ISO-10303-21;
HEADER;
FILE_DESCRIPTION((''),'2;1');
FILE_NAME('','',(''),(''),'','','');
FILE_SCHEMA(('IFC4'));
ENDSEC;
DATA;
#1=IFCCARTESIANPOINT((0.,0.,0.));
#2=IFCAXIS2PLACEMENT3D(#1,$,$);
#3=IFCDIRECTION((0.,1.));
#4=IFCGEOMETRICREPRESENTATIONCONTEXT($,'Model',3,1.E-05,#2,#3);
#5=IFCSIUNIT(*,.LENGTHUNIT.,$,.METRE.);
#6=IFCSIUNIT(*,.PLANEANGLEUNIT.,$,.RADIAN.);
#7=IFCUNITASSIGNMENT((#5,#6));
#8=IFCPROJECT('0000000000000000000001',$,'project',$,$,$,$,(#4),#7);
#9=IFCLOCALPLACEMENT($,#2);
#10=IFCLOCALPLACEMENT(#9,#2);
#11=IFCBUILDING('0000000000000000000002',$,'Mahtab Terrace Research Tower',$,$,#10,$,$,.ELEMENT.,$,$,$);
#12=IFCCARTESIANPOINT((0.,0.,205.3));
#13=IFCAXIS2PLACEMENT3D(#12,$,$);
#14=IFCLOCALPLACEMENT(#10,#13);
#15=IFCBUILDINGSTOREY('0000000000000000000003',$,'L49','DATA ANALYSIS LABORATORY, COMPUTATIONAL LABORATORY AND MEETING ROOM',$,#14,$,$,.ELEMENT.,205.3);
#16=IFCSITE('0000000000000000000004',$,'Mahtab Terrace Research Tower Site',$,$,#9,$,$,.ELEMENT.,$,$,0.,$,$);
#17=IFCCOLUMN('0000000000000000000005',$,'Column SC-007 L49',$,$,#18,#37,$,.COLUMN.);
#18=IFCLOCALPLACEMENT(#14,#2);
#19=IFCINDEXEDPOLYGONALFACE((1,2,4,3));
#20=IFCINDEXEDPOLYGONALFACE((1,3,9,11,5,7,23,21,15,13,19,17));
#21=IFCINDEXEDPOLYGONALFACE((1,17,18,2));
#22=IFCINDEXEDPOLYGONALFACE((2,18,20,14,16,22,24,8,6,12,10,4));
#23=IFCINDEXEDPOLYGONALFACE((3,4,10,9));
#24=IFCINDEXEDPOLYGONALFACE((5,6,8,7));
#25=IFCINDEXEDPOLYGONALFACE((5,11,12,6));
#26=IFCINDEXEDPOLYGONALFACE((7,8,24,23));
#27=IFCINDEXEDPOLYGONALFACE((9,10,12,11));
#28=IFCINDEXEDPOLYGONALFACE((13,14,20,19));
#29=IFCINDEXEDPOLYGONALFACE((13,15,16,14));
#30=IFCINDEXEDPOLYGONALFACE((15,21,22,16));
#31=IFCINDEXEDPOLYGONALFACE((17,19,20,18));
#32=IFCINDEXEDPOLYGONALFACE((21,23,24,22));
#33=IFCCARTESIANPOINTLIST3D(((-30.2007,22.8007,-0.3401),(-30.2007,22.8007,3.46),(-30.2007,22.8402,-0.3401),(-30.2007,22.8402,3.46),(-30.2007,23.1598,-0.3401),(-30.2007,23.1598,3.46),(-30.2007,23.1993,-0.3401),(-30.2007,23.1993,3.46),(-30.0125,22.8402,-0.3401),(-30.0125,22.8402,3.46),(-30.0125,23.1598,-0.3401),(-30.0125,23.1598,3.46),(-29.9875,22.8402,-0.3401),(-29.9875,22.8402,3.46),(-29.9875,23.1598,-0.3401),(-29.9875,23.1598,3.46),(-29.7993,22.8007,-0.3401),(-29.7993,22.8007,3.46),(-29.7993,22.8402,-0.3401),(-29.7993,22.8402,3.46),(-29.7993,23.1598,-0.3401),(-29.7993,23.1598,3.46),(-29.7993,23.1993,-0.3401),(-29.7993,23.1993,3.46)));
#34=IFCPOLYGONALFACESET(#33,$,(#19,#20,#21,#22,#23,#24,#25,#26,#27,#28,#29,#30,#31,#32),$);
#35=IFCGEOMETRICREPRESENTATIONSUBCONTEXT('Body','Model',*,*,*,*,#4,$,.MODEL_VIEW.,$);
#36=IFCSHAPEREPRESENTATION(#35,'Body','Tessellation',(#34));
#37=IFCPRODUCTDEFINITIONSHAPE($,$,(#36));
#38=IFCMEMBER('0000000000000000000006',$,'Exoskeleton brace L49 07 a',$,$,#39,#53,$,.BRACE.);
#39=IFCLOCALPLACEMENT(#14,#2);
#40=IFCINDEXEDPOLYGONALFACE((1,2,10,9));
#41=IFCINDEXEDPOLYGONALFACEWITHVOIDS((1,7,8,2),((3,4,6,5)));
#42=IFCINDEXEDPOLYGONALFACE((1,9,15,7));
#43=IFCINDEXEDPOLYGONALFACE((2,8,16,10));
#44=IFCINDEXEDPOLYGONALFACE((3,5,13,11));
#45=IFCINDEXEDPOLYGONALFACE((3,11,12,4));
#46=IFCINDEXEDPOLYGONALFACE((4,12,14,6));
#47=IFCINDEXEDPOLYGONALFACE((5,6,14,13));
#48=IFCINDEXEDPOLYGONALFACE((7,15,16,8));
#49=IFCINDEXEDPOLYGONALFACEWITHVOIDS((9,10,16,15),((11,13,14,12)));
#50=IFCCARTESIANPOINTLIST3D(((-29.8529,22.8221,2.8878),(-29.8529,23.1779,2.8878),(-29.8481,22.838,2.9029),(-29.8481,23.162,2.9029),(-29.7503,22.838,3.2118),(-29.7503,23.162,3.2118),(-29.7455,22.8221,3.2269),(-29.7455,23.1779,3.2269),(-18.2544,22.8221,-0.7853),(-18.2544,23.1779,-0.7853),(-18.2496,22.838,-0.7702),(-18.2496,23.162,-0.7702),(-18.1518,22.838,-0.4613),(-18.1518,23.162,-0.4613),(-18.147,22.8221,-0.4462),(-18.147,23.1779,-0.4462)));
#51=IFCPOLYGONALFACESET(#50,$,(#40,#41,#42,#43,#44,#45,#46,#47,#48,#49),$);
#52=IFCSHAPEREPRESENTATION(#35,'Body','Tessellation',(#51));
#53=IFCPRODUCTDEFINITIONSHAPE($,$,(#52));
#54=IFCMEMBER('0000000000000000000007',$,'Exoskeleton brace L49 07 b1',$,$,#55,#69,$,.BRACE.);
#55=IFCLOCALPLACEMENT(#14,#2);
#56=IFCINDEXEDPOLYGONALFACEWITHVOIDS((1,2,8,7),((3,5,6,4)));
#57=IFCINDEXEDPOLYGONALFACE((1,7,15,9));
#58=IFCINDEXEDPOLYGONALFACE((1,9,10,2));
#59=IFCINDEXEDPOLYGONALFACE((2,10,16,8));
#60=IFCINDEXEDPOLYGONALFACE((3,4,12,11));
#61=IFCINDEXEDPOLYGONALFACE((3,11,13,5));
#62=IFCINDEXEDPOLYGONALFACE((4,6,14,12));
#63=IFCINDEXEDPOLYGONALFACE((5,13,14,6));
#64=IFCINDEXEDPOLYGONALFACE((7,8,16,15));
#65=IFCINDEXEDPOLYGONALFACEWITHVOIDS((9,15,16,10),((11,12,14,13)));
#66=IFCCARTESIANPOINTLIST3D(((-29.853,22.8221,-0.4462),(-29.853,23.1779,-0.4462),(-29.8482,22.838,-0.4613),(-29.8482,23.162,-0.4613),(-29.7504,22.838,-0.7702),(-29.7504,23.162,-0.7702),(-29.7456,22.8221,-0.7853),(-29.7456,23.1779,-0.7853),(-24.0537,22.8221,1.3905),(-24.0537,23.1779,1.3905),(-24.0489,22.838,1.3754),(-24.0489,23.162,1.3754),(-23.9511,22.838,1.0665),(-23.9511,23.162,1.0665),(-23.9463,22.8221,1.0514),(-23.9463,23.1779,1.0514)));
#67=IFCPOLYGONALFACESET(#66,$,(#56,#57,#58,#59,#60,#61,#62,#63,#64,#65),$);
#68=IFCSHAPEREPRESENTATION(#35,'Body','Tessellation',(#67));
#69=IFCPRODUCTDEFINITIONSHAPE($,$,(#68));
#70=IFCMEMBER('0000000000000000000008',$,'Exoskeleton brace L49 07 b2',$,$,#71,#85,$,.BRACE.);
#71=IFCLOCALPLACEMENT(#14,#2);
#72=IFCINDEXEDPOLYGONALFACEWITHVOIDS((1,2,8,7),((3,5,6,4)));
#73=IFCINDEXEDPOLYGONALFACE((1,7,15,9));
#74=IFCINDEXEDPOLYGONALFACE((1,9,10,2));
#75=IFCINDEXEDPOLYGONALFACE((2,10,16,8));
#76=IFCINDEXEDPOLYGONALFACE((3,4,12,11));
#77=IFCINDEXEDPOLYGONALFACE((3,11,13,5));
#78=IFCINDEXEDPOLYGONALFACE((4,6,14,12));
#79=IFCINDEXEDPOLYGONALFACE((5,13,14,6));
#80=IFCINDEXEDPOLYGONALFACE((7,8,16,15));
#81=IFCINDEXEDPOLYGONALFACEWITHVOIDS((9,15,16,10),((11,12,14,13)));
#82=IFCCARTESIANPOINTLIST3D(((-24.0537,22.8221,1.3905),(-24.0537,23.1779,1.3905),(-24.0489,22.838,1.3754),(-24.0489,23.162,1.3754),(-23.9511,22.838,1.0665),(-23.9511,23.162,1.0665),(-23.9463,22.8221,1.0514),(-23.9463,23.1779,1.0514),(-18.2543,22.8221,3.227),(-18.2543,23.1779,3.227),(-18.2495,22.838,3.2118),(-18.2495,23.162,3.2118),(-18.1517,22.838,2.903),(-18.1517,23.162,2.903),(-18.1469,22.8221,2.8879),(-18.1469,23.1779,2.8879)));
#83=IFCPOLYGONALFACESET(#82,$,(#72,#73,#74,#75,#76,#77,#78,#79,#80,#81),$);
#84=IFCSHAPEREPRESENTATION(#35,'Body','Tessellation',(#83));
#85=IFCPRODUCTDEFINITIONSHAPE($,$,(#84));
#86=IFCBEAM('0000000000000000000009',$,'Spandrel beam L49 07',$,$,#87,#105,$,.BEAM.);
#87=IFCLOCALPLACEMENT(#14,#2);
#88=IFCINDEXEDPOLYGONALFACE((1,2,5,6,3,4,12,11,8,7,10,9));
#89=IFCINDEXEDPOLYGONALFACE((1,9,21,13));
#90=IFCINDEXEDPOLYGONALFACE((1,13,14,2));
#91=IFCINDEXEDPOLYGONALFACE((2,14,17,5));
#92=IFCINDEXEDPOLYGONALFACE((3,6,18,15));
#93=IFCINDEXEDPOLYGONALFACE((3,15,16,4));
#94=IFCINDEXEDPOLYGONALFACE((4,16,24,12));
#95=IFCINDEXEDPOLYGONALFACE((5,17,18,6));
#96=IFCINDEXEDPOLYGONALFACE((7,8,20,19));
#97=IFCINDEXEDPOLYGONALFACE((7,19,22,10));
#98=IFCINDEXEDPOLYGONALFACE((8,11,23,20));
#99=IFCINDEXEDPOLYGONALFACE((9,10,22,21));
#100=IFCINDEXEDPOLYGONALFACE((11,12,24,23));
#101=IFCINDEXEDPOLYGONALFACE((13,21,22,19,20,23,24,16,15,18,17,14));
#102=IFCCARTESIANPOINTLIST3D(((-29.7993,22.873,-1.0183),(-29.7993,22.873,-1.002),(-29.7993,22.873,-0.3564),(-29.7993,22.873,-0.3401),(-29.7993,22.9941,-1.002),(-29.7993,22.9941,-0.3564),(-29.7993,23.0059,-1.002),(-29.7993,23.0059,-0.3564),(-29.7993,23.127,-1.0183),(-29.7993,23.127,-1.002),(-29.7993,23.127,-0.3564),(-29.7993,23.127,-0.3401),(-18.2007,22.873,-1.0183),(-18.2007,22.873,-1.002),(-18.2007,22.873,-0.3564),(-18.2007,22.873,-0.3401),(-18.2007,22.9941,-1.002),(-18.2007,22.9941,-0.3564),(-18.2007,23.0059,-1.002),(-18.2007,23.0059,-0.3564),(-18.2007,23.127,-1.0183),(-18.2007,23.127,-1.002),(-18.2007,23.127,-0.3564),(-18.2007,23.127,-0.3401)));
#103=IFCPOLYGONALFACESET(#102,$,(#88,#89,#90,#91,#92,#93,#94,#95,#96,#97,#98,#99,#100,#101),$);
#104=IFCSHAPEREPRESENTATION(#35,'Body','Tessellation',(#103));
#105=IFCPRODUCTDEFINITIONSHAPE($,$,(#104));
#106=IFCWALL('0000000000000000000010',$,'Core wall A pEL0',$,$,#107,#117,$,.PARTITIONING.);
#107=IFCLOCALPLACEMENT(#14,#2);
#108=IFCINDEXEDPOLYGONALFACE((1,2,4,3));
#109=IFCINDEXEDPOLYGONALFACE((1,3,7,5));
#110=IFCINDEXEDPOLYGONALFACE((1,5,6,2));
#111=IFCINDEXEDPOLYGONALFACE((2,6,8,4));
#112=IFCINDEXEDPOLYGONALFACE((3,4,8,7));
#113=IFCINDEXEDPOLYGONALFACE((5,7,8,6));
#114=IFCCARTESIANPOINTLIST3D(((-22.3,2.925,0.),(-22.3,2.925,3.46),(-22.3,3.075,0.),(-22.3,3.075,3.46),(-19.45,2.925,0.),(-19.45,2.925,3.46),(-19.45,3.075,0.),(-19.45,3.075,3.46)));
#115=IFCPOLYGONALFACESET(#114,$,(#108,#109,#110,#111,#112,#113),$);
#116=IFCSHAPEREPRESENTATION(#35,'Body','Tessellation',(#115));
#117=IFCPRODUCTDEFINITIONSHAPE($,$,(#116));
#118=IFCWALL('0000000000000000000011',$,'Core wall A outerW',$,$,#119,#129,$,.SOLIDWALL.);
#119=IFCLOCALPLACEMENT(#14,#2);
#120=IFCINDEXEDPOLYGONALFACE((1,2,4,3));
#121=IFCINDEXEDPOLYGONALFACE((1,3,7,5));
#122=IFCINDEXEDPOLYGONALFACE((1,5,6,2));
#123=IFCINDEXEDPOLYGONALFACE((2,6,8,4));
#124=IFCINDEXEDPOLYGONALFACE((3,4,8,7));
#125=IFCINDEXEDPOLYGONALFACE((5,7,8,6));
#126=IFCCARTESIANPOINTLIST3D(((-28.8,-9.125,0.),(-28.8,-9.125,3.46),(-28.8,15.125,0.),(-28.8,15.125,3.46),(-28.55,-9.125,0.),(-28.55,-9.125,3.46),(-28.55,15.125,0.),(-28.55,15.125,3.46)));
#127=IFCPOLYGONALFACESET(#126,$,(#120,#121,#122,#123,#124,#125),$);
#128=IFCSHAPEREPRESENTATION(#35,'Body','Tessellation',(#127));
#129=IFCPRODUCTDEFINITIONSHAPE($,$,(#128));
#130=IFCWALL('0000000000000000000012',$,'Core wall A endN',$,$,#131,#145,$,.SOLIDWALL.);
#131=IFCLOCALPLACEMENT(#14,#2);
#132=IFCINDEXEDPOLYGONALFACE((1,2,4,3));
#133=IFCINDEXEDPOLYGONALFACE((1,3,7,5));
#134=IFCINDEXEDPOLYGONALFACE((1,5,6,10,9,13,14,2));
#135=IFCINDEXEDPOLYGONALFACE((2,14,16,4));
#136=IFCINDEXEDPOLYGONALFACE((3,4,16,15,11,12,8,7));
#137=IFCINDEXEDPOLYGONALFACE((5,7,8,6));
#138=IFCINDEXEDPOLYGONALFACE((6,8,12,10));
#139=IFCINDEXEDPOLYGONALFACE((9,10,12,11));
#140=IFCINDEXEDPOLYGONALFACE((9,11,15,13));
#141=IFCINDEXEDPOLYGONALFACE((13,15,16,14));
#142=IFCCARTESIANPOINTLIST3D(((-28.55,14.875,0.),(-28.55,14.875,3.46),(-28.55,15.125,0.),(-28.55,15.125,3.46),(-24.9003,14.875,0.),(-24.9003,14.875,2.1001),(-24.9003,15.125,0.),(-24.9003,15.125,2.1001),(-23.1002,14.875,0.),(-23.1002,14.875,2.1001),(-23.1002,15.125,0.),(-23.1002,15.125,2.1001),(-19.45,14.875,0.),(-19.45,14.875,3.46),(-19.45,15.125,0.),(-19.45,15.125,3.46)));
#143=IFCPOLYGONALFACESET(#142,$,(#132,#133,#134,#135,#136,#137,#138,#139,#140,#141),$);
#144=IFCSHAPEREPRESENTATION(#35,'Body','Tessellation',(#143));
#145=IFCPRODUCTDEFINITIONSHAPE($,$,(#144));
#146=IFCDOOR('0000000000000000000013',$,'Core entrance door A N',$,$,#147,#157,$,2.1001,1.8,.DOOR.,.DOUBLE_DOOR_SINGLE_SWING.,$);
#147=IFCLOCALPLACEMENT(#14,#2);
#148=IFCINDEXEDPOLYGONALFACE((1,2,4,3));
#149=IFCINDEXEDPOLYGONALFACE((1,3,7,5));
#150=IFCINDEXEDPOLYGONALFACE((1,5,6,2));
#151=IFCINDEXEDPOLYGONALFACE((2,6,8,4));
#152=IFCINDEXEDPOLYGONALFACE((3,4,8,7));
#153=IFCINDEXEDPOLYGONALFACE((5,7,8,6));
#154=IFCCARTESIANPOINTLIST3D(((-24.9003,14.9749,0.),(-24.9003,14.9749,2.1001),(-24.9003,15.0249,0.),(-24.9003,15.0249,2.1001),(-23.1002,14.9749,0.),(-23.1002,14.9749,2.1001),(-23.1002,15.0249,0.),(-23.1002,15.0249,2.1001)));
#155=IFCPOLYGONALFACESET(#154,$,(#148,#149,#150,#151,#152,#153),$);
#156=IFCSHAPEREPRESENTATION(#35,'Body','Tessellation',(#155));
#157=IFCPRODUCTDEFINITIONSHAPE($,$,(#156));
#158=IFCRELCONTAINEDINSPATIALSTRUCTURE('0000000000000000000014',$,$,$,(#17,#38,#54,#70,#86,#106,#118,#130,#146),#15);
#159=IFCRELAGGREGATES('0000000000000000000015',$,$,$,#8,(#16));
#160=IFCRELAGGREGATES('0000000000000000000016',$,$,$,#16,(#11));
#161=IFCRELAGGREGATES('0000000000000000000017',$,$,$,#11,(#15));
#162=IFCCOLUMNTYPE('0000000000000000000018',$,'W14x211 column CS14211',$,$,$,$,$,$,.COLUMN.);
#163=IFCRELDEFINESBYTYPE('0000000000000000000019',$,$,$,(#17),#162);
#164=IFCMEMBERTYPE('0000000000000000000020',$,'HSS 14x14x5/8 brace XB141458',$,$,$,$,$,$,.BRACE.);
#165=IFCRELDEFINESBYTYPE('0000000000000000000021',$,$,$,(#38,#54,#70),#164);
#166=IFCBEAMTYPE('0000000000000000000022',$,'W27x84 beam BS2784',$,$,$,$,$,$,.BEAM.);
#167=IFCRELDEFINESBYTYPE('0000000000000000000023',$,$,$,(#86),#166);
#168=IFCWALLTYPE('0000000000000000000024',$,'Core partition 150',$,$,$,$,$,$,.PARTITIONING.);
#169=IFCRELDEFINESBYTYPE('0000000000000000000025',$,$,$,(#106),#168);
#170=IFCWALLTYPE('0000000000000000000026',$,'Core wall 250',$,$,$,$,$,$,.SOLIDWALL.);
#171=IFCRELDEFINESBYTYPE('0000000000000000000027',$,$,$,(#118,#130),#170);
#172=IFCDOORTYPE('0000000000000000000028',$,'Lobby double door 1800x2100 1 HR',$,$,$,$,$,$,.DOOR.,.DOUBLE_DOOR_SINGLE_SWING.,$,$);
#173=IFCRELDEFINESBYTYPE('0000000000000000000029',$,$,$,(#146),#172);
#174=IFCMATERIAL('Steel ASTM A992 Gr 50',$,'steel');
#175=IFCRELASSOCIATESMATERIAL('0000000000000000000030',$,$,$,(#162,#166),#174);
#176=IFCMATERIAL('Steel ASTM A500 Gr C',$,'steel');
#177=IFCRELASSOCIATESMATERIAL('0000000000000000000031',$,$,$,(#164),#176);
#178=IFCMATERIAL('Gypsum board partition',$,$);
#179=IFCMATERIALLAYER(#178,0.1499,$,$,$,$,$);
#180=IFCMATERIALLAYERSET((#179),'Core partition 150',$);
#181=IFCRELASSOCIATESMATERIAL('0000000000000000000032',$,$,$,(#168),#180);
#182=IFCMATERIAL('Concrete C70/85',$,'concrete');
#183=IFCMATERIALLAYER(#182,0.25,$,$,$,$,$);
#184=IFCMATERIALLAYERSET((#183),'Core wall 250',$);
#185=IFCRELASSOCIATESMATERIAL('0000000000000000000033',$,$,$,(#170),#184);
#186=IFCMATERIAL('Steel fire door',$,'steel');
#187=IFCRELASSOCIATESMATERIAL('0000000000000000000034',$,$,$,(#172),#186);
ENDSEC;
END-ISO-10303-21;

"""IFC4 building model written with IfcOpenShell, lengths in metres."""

from ifc_helpers import new_model, si_unit, direction, frame, frame_2d, origin, origin_2d, place, context, subcontext, project, spatial, rectangle, hollow_rectangle, i_section, extrude, material, layer, layer_set, material_profile, profile_set, type_object, element, fill, save


model = new_model("IFC4")

# Units and contexts
model_context = context("Model", 3, precision=1e-05, world=origin(), true_north=direction((0.0, 1.0)))
body_context = subcontext(model_context, "Body", "Model", "MODEL_VIEW")
ifc_project = project(units=[si_unit("LENGTHUNIT", "METRE"), si_unit("PLANEANGLEUNIT", "RADIAN")], contexts=[model_context])

# Site, building, storey
site_placement = place(None, origin())
site = spatial("IfcSite", under=ifc_project, at=site_placement, Name="Mahtab Terrace Research Tower Site", CompositionType="ELEMENT", RefElevation=0.0)
building_placement = place(site_placement, origin())
building = spatial("IfcBuilding", under=site, at=building_placement, Name="Mahtab Terrace Research Tower", CompositionType="ELEMENT")
storey_placement = place(building_placement, frame((0.0, 0.0, 205.3)))
storey = spatial("IfcBuildingStorey", under=building, at=storey_placement, Name="L49", Description="DATA ANALYSIS LABORATORY, COMPUTATIONAL LABORATORY AND MEETING ROOM", CompositionType="ELEMENT", Elevation=205.3)

# Column
ifc_material_1 = material(Name="Steel ASTM A992 Gr 50", Category="steel")
ifc_material_profile_1 = material_profile(ifc_material_1, i_section(OverallWidth=0.4014, OverallDepth=0.3987, WebThickness=0.0249, FlangeThickness=0.0396, at=origin_2d()), Name="W14X211")
ifc_profile_set_1 = profile_set([ifc_material_profile_1], Name="Steel ASTM A992 Gr 50")
column_type = type_object("IfcColumnType", Name="W14x211 column CS14211", PredefinedType="COLUMN", material=ifc_profile_set_1)
column_placement = place(storey_placement, frame((-30.0, 23.0, -0.3401), z_axis=(0.0, 0.0, 1.0), x_axis=(1.0, 0.0, 0.0)))
element("IfcColumn", 1, at=column_placement, inside=storey, type_object=column_type, Name="Column SC-007 L49", PredefinedType="COLUMN", context=body_context, shape_type="SweptSolid", body=[
    extrude(i_section(OverallWidth=0.4014, OverallDepth=0.3987, WebThickness=0.0249, FlangeThickness=0.0396, at=origin_2d()), origin(), (0.0, 0.0, 1.0), 3.8),
])

# Members
ifc_material_2 = material(Name="Steel ASTM A500 Gr C", Category="steel")
ifc_material_profile_2 = material_profile(ifc_material_2, hollow_rectangle(XDim=0.3557, YDim=0.3557, WallThickness=0.0159, at=origin_2d()), Name="HSS14X14X5/8")
ifc_profile_set_2 = profile_set([ifc_material_profile_2], Name="Steel ASTM A500 Gr C")
member_type = type_object("IfcMemberType", Name="HSS 14x14x5/8 brace XB141458", PredefinedType="BRACE", material=ifc_profile_set_2)
member_placement = place(storey_placement, frame((-18.2007, 23.0, -0.6157), z_axis=(-0.953338, 0.0, 0.301906), x_axis=(0.0, -1.0, 0.0)))
element("IfcMember", 2, at=member_placement, inside=storey, type_object=member_type, Name="Exoskeleton brace L49 07 a", PredefinedType="BRACE", context=body_context, shape_type="SweptSolid", body=[
    extrude(hollow_rectangle(XDim=0.3557, YDim=0.3557, WallThickness=0.0159, at=origin_2d()), origin(), (0.0, 0.0, 1.0), 12.1663),
])
for number, where, z_axis, x_axis, name in (
    (3, (-29.7993, 23.0, -0.6157), (0.953332, 0.0, 0.301925), (0.0, 1.0, 0.0), "Exoskeleton brace L49 07 b1"),
    (4, (-24.0, 23.0, 1.2209), (0.953343, 0.0, 0.301888), (0.0, 1.0, 0.0), "Exoskeleton brace L49 07 b2"),
):
    element("IfcMember", number, at=place(storey_placement, frame(where, z_axis=z_axis, x_axis=x_axis)), inside=storey, type_object=member_type, Name=name, PredefinedType="BRACE", context=body_context, shape_type="SweptSolid", body=[
        extrude(hollow_rectangle(XDim=0.3557, YDim=0.3557, WallThickness=0.0159, at=origin_2d()), origin(), (0.0, 0.0, 1.0), 6.0833),
    ])

# Beam
ifc_material_profile_3 = material_profile(ifc_material_1, i_section(OverallWidth=0.2539, OverallDepth=0.6782, WebThickness=0.0117, FlangeThickness=0.0164, at=origin_2d()), Name="W27X84")
ifc_profile_set_3 = profile_set([ifc_material_profile_3], Name="Steel ASTM A992 Gr 50")
beam_type = type_object("IfcBeamType", Name="W27x84 beam BS2784", PredefinedType="BEAM", material=ifc_profile_set_3)
beam_placement = place(storey_placement, frame((-18.2007, 23.0, -0.6792), z_axis=(-1.0, 0.0, 0.0), x_axis=(0.0, -1.0, 0.0)))
element("IfcBeam", 5, at=beam_placement, inside=storey, type_object=beam_type, Name="Spandrel beam L49 07", PredefinedType="BEAM", context=body_context, shape_type="SweptSolid", body=[
    extrude(i_section(OverallWidth=0.2539, OverallDepth=0.6782, WebThickness=0.0117, FlangeThickness=0.0164, at=origin_2d()), origin(), (0.0, 0.0, 1.0), 11.5986),
])

# Walls
ifc_material_3 = material(Name="Gypsum board partition")
ifc_layer_1 = layer(ifc_material_3, 0.1499)
ifc_layer_set_1 = layer_set([ifc_layer_1], Name="Core partition 150")
wall_type_1 = type_object("IfcWallType", Name="Core partition 150", PredefinedType="PARTITIONING", material=ifc_layer_set_1)
wall_1_placement = place(storey_placement, frame((-22.3, 3.0, 0.0), z_axis=(0.0, 0.0, 1.0), x_axis=(1.0, 0.0, 0.0)))
element("IfcWall", 6, at=wall_1_placement, inside=storey, type_object=wall_type_1, Name="Core wall A pEL0", PredefinedType="PARTITIONING", context=body_context, shape_type="SweptSolid", body=[
    extrude(rectangle(XDim=2.8501, YDim=0.1499, at=frame_2d((1.425, 0.0))), origin(), (0.0, 0.0, 1.0), 3.46),
])
ifc_material_4 = material(Name="Concrete C70/85", Category="concrete")
ifc_layer_2 = layer(ifc_material_4, 0.25)
ifc_layer_set_2 = layer_set([ifc_layer_2], Name="Core wall 250")
wall_type_2 = type_object("IfcWallType", Name="Core wall 250", PredefinedType="SOLIDWALL", material=ifc_layer_set_2)
wall_2_placement = place(storey_placement, frame((-28.675, 15.125, 0.0), z_axis=(0.0, 0.0, 1.0), x_axis=(0.0, -1.0, 0.0)))
element("IfcWall", 7, at=wall_2_placement, inside=storey, type_object=wall_type_2, Name="Core wall A outerW", PredefinedType="SOLIDWALL", context=body_context, shape_type="SweptSolid", body=[
    extrude(rectangle(XDim=24.25, YDim=0.25, at=frame_2d((12.125, 0.0))), origin(), (0.0, 0.0, 1.0), 3.46),
])

# Wall, opening, door
wall_3_placement = place(storey_placement, frame((-28.55, 15.0, 0.0), z_axis=(0.0, 0.0, 1.0), x_axis=(1.0, 0.0, 0.0)))
wall_3 = element("IfcWall", 8, at=wall_3_placement, inside=storey, type_object=wall_type_2, Name="Core wall A endN", PredefinedType="SOLIDWALL", context=body_context, shape_type="SweptSolid", body=[
    extrude(rectangle(XDim=9.1001, YDim=0.25, at=frame_2d((4.55, 0.0))), origin(), (0.0, 0.0, 1.0), 3.46),
])
opening_1_placement = place(wall_3_placement, frame((3.6499, 0.0, 0.0)))
opening_1 = element("IfcOpeningElement", 9, at=opening_1_placement, cuts=wall_3, PredefinedType="OPENING", context=body_context, shape_type="SweptSolid", body=[
    extrude(rectangle(XDim=1.8, YDim=2.1001, at=frame_2d((0.8999, 1.05))), frame((0.0, 0.135, 0.0), z_axis=(0.0, -1.0, 0.0), x_axis=(1.0, 0.0, 0.0)), (0.0, 0.0, 1.0), 0.27),
])
ifc_material_5 = material(Name="Steel fire door", Category="steel")
door_type_1 = type_object("IfcDoorType", Name="Lobby double door 1800x2100 1 HR", OperationType="DOUBLE_DOOR_SINGLE_SWING", PredefinedType="DOOR", material=ifc_material_5)
door_1_placement = place(opening_1_placement, origin())
door_1 = element("IfcDoor", 10, at=door_1_placement, inside=storey, type_object=door_type_1, Name="Core entrance door A N", OperationType="DOUBLE_DOOR_SINGLE_SWING", OverallHeight=2.1001, OverallWidth=1.8, PredefinedType="DOOR", context=body_context, shape_type="SweptSolid", body=[
    extrude(rectangle(XDim=1.8, YDim=2.1001, at=frame_2d((0.8999, 1.05))), frame((0.0, 0.0249, 0.0), z_axis=(0.0, -1.0, 0.0), x_axis=(1.0, 0.0, 0.0)), (0.0, 0.0, 1.0), 0.05),
])
fill(opening_1, door_1)

save(model, "model.ifc")
